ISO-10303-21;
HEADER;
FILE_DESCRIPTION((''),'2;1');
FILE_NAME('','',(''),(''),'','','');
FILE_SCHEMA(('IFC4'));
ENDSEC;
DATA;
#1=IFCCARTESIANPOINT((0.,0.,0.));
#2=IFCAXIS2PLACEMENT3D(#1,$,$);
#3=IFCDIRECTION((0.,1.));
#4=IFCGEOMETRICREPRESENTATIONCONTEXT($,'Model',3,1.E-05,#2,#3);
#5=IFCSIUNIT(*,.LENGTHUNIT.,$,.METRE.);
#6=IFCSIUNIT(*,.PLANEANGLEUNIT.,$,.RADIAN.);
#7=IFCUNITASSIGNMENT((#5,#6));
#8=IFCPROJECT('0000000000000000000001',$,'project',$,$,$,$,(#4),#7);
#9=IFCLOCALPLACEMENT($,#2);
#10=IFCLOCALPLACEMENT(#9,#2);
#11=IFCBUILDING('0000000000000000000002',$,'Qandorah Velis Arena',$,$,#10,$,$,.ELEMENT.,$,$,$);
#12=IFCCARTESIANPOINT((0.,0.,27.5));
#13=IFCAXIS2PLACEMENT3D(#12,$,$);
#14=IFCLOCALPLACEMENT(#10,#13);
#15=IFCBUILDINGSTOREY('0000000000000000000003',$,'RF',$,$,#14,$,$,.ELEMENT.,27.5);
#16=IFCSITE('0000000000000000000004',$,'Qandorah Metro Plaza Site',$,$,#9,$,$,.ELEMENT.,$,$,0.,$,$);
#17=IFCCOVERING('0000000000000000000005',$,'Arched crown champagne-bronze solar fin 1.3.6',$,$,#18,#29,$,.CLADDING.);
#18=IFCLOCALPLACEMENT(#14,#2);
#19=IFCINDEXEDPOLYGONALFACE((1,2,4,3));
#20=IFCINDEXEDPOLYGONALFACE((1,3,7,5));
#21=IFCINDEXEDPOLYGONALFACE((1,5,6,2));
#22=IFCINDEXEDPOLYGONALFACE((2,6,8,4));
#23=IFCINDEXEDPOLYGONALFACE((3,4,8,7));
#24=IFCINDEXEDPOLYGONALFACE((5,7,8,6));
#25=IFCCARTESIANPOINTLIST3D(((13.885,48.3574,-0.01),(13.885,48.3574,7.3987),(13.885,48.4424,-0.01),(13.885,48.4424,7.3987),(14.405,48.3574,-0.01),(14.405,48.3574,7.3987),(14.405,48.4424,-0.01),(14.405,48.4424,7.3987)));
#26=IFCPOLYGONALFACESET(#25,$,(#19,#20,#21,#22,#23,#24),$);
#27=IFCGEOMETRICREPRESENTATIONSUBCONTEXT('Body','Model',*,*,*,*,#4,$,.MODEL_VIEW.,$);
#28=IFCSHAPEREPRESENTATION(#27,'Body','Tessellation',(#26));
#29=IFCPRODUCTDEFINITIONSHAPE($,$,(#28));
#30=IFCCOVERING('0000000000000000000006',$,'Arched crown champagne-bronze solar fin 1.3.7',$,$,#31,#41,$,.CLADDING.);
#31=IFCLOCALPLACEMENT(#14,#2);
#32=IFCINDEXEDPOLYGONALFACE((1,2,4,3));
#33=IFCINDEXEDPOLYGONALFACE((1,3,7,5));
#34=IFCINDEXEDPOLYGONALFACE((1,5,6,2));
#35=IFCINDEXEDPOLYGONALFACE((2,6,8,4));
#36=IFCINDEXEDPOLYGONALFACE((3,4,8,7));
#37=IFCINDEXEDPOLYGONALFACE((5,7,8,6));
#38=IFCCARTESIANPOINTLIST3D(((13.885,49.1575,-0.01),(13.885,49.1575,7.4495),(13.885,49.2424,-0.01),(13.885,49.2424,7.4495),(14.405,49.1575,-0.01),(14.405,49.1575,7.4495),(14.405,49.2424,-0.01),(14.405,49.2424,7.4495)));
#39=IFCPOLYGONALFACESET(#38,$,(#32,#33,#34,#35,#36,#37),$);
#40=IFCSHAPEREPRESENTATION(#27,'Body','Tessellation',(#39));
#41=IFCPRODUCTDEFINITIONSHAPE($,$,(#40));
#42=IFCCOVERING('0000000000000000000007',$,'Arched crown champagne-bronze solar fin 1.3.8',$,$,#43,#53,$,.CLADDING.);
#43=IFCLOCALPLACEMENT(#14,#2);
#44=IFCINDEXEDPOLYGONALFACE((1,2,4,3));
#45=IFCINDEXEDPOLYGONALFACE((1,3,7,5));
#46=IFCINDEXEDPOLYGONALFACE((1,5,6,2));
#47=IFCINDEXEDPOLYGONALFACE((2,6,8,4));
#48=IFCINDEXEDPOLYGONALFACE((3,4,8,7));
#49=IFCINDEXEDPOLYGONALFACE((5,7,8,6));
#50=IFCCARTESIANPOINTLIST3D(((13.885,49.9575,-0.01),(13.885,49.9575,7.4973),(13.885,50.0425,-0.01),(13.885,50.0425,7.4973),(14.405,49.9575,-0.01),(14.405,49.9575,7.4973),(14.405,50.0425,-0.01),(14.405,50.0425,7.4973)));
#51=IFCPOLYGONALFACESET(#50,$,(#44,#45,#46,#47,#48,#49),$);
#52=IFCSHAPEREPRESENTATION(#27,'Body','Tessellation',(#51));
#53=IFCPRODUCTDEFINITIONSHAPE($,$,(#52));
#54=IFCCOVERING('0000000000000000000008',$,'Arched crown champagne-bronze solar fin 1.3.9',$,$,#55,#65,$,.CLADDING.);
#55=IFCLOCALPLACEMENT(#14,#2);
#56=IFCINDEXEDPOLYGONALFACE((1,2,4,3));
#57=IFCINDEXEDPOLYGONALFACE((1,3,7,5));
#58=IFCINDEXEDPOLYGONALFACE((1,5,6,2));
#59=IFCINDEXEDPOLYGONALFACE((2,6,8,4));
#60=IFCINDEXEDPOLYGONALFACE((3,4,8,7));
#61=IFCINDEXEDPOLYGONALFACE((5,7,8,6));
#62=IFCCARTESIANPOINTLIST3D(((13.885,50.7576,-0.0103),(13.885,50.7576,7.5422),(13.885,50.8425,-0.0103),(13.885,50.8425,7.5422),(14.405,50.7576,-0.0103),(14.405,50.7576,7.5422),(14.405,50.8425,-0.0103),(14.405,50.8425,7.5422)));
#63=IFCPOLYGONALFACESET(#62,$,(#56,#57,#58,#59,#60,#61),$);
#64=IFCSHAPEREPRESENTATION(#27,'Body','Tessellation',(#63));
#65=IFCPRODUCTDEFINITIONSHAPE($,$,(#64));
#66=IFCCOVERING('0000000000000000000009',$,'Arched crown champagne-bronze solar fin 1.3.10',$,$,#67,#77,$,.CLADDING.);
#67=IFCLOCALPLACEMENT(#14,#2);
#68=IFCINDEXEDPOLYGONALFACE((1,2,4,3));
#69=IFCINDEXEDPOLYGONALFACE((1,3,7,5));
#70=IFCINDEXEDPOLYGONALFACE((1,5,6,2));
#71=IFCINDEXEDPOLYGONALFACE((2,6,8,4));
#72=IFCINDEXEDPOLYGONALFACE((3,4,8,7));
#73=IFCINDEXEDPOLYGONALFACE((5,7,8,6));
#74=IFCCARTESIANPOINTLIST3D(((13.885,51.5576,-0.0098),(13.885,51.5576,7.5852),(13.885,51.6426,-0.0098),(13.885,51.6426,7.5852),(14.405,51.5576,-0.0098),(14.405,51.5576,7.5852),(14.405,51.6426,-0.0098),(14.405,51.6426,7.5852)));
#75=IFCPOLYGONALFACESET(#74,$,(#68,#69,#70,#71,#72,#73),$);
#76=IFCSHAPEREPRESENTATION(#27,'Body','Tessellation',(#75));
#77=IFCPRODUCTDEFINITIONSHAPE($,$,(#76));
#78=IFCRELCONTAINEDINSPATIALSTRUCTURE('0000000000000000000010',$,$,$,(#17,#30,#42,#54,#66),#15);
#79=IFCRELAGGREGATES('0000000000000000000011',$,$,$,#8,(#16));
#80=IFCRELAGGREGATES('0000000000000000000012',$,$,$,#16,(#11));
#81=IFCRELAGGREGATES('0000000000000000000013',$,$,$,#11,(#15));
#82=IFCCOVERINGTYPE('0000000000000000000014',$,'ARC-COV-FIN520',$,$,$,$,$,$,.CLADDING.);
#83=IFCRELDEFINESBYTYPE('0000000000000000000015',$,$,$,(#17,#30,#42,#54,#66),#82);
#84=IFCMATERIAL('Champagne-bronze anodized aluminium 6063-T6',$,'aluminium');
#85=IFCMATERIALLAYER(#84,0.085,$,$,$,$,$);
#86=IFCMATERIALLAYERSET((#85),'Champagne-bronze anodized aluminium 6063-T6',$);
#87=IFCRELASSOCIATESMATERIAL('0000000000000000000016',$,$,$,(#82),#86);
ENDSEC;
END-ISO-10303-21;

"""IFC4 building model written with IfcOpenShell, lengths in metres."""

from ifc_helpers import new_model, si_unit, direction, frame, origin, origin_2d, place, context, subcontext, project, spatial, rectangle, extrude, material, layer, layer_set, type_object, element, save


model = new_model("IFC4")

# Units and contexts
model_context = context("Model", 3, precision=1e-05, world=origin(), true_north=direction((0.0, 1.0)))
body_context = subcontext(model_context, "Body", "Model", "MODEL_VIEW")
ifc_project = project(units=[si_unit("LENGTHUNIT", "METRE"), si_unit("PLANEANGLEUNIT", "RADIAN")], contexts=[model_context])

# Site, building, storey
site_placement = place(None, origin())
site = spatial("IfcSite", under=ifc_project, at=site_placement, Name="Qandorah Metro Plaza Site", CompositionType="ELEMENT", RefElevation=0.0)
building_placement = place(site_placement, origin())
building = spatial("IfcBuilding", under=site, at=building_placement, Name="Qandorah Velis Arena", CompositionType="ELEMENT")
storey_placement = place(building_placement, frame((0.0, 0.0, 27.5)))
storey = spatial("IfcBuildingStorey", under=building, at=storey_placement, Name="RF", CompositionType="ELEMENT", Elevation=27.5)

# Shared definitions
ifc_material_1 = material(Name="Champagne-bronze anodized aluminium 6063-T6", Category="aluminium")

# Coverings
ifc_layer_1 = layer(ifc_material_1, 0.085)
ifc_layer_set_1 = layer_set([ifc_layer_1], Name="Champagne-bronze anodized aluminium 6063-T6")
covering_type = type_object("IfcCoveringType", Name="ARC-COV-FIN520", PredefinedType="CLADDING", material=ifc_layer_set_1)
covering_1_placement = place(storey_placement, frame((14.145, 48.3999, -0.01), z_axis=(0.0, 0.0, 1.0), x_axis=(1.0, 0.0, 0.0)))
element("IfcCovering", 1, at=covering_1_placement, inside=storey, type_object=covering_type, Name="Arched crown champagne-bronze solar fin 1.3.6", PredefinedType="CLADDING", context=body_context, shape_type="SweptSolid", body=[
    extrude(rectangle(XDim=0.52, YDim=0.085, at=origin_2d()), origin(), (0.0, 0.0, 1.0), 7.4087),
])
covering_2_placement = place(storey_placement, frame((14.145, 49.2, -0.01), z_axis=(0.0, 0.0, 1.0), x_axis=(1.0, 0.0, 0.0)))
element("IfcCovering", 2, at=covering_2_placement, inside=storey, type_object=covering_type, Name="Arched crown champagne-bronze solar fin 1.3.7", PredefinedType="CLADDING", context=body_context, shape_type="SweptSolid", body=[
    extrude(rectangle(XDim=0.52, YDim=0.085, at=origin_2d()), origin(), (0.0, 0.0, 1.0), 7.4595),
])
covering_3_placement = place(storey_placement, frame((14.145, 50.0, -0.01), z_axis=(0.0, 0.0, 1.0), x_axis=(1.0, 0.0, 0.0)))
element("IfcCovering", 3, at=covering_3_placement, inside=storey, type_object=covering_type, Name="Arched crown champagne-bronze solar fin 1.3.8", PredefinedType="CLADDING", context=body_context, shape_type="SweptSolid", body=[
    extrude(rectangle(XDim=0.52, YDim=0.085, at=origin_2d()), origin(), (0.0, 0.0, 1.0), 7.5073),
])
covering_4_placement = place(storey_placement, frame((14.145, 50.8, -0.0103), z_axis=(0.0, 0.0, 1.0), x_axis=(1.0, 0.0, 0.0)))
element("IfcCovering", 4, at=covering_4_placement, inside=storey, type_object=covering_type, Name="Arched crown champagne-bronze solar fin 1.3.9", PredefinedType="CLADDING", context=body_context, shape_type="SweptSolid", body=[
    extrude(rectangle(XDim=0.52, YDim=0.085, at=origin_2d()), origin(), (0.0, 0.0, 1.0), 7.5525),
])
covering_5_placement = place(storey_placement, frame((14.145, 51.6001, -0.0098), z_axis=(0.0, 0.0, 1.0), x_axis=(1.0, 0.0, 0.0)))
element("IfcCovering", 5, at=covering_5_placement, inside=storey, type_object=covering_type, Name="Arched crown champagne-bronze solar fin 1.3.10", PredefinedType="CLADDING", context=body_context, shape_type="SweptSolid", body=[
    extrude(rectangle(XDim=0.52, YDim=0.085, at=origin_2d()), origin(), (0.0, 0.0, 1.0), 7.595),
])

save(model, "model.ifc")
